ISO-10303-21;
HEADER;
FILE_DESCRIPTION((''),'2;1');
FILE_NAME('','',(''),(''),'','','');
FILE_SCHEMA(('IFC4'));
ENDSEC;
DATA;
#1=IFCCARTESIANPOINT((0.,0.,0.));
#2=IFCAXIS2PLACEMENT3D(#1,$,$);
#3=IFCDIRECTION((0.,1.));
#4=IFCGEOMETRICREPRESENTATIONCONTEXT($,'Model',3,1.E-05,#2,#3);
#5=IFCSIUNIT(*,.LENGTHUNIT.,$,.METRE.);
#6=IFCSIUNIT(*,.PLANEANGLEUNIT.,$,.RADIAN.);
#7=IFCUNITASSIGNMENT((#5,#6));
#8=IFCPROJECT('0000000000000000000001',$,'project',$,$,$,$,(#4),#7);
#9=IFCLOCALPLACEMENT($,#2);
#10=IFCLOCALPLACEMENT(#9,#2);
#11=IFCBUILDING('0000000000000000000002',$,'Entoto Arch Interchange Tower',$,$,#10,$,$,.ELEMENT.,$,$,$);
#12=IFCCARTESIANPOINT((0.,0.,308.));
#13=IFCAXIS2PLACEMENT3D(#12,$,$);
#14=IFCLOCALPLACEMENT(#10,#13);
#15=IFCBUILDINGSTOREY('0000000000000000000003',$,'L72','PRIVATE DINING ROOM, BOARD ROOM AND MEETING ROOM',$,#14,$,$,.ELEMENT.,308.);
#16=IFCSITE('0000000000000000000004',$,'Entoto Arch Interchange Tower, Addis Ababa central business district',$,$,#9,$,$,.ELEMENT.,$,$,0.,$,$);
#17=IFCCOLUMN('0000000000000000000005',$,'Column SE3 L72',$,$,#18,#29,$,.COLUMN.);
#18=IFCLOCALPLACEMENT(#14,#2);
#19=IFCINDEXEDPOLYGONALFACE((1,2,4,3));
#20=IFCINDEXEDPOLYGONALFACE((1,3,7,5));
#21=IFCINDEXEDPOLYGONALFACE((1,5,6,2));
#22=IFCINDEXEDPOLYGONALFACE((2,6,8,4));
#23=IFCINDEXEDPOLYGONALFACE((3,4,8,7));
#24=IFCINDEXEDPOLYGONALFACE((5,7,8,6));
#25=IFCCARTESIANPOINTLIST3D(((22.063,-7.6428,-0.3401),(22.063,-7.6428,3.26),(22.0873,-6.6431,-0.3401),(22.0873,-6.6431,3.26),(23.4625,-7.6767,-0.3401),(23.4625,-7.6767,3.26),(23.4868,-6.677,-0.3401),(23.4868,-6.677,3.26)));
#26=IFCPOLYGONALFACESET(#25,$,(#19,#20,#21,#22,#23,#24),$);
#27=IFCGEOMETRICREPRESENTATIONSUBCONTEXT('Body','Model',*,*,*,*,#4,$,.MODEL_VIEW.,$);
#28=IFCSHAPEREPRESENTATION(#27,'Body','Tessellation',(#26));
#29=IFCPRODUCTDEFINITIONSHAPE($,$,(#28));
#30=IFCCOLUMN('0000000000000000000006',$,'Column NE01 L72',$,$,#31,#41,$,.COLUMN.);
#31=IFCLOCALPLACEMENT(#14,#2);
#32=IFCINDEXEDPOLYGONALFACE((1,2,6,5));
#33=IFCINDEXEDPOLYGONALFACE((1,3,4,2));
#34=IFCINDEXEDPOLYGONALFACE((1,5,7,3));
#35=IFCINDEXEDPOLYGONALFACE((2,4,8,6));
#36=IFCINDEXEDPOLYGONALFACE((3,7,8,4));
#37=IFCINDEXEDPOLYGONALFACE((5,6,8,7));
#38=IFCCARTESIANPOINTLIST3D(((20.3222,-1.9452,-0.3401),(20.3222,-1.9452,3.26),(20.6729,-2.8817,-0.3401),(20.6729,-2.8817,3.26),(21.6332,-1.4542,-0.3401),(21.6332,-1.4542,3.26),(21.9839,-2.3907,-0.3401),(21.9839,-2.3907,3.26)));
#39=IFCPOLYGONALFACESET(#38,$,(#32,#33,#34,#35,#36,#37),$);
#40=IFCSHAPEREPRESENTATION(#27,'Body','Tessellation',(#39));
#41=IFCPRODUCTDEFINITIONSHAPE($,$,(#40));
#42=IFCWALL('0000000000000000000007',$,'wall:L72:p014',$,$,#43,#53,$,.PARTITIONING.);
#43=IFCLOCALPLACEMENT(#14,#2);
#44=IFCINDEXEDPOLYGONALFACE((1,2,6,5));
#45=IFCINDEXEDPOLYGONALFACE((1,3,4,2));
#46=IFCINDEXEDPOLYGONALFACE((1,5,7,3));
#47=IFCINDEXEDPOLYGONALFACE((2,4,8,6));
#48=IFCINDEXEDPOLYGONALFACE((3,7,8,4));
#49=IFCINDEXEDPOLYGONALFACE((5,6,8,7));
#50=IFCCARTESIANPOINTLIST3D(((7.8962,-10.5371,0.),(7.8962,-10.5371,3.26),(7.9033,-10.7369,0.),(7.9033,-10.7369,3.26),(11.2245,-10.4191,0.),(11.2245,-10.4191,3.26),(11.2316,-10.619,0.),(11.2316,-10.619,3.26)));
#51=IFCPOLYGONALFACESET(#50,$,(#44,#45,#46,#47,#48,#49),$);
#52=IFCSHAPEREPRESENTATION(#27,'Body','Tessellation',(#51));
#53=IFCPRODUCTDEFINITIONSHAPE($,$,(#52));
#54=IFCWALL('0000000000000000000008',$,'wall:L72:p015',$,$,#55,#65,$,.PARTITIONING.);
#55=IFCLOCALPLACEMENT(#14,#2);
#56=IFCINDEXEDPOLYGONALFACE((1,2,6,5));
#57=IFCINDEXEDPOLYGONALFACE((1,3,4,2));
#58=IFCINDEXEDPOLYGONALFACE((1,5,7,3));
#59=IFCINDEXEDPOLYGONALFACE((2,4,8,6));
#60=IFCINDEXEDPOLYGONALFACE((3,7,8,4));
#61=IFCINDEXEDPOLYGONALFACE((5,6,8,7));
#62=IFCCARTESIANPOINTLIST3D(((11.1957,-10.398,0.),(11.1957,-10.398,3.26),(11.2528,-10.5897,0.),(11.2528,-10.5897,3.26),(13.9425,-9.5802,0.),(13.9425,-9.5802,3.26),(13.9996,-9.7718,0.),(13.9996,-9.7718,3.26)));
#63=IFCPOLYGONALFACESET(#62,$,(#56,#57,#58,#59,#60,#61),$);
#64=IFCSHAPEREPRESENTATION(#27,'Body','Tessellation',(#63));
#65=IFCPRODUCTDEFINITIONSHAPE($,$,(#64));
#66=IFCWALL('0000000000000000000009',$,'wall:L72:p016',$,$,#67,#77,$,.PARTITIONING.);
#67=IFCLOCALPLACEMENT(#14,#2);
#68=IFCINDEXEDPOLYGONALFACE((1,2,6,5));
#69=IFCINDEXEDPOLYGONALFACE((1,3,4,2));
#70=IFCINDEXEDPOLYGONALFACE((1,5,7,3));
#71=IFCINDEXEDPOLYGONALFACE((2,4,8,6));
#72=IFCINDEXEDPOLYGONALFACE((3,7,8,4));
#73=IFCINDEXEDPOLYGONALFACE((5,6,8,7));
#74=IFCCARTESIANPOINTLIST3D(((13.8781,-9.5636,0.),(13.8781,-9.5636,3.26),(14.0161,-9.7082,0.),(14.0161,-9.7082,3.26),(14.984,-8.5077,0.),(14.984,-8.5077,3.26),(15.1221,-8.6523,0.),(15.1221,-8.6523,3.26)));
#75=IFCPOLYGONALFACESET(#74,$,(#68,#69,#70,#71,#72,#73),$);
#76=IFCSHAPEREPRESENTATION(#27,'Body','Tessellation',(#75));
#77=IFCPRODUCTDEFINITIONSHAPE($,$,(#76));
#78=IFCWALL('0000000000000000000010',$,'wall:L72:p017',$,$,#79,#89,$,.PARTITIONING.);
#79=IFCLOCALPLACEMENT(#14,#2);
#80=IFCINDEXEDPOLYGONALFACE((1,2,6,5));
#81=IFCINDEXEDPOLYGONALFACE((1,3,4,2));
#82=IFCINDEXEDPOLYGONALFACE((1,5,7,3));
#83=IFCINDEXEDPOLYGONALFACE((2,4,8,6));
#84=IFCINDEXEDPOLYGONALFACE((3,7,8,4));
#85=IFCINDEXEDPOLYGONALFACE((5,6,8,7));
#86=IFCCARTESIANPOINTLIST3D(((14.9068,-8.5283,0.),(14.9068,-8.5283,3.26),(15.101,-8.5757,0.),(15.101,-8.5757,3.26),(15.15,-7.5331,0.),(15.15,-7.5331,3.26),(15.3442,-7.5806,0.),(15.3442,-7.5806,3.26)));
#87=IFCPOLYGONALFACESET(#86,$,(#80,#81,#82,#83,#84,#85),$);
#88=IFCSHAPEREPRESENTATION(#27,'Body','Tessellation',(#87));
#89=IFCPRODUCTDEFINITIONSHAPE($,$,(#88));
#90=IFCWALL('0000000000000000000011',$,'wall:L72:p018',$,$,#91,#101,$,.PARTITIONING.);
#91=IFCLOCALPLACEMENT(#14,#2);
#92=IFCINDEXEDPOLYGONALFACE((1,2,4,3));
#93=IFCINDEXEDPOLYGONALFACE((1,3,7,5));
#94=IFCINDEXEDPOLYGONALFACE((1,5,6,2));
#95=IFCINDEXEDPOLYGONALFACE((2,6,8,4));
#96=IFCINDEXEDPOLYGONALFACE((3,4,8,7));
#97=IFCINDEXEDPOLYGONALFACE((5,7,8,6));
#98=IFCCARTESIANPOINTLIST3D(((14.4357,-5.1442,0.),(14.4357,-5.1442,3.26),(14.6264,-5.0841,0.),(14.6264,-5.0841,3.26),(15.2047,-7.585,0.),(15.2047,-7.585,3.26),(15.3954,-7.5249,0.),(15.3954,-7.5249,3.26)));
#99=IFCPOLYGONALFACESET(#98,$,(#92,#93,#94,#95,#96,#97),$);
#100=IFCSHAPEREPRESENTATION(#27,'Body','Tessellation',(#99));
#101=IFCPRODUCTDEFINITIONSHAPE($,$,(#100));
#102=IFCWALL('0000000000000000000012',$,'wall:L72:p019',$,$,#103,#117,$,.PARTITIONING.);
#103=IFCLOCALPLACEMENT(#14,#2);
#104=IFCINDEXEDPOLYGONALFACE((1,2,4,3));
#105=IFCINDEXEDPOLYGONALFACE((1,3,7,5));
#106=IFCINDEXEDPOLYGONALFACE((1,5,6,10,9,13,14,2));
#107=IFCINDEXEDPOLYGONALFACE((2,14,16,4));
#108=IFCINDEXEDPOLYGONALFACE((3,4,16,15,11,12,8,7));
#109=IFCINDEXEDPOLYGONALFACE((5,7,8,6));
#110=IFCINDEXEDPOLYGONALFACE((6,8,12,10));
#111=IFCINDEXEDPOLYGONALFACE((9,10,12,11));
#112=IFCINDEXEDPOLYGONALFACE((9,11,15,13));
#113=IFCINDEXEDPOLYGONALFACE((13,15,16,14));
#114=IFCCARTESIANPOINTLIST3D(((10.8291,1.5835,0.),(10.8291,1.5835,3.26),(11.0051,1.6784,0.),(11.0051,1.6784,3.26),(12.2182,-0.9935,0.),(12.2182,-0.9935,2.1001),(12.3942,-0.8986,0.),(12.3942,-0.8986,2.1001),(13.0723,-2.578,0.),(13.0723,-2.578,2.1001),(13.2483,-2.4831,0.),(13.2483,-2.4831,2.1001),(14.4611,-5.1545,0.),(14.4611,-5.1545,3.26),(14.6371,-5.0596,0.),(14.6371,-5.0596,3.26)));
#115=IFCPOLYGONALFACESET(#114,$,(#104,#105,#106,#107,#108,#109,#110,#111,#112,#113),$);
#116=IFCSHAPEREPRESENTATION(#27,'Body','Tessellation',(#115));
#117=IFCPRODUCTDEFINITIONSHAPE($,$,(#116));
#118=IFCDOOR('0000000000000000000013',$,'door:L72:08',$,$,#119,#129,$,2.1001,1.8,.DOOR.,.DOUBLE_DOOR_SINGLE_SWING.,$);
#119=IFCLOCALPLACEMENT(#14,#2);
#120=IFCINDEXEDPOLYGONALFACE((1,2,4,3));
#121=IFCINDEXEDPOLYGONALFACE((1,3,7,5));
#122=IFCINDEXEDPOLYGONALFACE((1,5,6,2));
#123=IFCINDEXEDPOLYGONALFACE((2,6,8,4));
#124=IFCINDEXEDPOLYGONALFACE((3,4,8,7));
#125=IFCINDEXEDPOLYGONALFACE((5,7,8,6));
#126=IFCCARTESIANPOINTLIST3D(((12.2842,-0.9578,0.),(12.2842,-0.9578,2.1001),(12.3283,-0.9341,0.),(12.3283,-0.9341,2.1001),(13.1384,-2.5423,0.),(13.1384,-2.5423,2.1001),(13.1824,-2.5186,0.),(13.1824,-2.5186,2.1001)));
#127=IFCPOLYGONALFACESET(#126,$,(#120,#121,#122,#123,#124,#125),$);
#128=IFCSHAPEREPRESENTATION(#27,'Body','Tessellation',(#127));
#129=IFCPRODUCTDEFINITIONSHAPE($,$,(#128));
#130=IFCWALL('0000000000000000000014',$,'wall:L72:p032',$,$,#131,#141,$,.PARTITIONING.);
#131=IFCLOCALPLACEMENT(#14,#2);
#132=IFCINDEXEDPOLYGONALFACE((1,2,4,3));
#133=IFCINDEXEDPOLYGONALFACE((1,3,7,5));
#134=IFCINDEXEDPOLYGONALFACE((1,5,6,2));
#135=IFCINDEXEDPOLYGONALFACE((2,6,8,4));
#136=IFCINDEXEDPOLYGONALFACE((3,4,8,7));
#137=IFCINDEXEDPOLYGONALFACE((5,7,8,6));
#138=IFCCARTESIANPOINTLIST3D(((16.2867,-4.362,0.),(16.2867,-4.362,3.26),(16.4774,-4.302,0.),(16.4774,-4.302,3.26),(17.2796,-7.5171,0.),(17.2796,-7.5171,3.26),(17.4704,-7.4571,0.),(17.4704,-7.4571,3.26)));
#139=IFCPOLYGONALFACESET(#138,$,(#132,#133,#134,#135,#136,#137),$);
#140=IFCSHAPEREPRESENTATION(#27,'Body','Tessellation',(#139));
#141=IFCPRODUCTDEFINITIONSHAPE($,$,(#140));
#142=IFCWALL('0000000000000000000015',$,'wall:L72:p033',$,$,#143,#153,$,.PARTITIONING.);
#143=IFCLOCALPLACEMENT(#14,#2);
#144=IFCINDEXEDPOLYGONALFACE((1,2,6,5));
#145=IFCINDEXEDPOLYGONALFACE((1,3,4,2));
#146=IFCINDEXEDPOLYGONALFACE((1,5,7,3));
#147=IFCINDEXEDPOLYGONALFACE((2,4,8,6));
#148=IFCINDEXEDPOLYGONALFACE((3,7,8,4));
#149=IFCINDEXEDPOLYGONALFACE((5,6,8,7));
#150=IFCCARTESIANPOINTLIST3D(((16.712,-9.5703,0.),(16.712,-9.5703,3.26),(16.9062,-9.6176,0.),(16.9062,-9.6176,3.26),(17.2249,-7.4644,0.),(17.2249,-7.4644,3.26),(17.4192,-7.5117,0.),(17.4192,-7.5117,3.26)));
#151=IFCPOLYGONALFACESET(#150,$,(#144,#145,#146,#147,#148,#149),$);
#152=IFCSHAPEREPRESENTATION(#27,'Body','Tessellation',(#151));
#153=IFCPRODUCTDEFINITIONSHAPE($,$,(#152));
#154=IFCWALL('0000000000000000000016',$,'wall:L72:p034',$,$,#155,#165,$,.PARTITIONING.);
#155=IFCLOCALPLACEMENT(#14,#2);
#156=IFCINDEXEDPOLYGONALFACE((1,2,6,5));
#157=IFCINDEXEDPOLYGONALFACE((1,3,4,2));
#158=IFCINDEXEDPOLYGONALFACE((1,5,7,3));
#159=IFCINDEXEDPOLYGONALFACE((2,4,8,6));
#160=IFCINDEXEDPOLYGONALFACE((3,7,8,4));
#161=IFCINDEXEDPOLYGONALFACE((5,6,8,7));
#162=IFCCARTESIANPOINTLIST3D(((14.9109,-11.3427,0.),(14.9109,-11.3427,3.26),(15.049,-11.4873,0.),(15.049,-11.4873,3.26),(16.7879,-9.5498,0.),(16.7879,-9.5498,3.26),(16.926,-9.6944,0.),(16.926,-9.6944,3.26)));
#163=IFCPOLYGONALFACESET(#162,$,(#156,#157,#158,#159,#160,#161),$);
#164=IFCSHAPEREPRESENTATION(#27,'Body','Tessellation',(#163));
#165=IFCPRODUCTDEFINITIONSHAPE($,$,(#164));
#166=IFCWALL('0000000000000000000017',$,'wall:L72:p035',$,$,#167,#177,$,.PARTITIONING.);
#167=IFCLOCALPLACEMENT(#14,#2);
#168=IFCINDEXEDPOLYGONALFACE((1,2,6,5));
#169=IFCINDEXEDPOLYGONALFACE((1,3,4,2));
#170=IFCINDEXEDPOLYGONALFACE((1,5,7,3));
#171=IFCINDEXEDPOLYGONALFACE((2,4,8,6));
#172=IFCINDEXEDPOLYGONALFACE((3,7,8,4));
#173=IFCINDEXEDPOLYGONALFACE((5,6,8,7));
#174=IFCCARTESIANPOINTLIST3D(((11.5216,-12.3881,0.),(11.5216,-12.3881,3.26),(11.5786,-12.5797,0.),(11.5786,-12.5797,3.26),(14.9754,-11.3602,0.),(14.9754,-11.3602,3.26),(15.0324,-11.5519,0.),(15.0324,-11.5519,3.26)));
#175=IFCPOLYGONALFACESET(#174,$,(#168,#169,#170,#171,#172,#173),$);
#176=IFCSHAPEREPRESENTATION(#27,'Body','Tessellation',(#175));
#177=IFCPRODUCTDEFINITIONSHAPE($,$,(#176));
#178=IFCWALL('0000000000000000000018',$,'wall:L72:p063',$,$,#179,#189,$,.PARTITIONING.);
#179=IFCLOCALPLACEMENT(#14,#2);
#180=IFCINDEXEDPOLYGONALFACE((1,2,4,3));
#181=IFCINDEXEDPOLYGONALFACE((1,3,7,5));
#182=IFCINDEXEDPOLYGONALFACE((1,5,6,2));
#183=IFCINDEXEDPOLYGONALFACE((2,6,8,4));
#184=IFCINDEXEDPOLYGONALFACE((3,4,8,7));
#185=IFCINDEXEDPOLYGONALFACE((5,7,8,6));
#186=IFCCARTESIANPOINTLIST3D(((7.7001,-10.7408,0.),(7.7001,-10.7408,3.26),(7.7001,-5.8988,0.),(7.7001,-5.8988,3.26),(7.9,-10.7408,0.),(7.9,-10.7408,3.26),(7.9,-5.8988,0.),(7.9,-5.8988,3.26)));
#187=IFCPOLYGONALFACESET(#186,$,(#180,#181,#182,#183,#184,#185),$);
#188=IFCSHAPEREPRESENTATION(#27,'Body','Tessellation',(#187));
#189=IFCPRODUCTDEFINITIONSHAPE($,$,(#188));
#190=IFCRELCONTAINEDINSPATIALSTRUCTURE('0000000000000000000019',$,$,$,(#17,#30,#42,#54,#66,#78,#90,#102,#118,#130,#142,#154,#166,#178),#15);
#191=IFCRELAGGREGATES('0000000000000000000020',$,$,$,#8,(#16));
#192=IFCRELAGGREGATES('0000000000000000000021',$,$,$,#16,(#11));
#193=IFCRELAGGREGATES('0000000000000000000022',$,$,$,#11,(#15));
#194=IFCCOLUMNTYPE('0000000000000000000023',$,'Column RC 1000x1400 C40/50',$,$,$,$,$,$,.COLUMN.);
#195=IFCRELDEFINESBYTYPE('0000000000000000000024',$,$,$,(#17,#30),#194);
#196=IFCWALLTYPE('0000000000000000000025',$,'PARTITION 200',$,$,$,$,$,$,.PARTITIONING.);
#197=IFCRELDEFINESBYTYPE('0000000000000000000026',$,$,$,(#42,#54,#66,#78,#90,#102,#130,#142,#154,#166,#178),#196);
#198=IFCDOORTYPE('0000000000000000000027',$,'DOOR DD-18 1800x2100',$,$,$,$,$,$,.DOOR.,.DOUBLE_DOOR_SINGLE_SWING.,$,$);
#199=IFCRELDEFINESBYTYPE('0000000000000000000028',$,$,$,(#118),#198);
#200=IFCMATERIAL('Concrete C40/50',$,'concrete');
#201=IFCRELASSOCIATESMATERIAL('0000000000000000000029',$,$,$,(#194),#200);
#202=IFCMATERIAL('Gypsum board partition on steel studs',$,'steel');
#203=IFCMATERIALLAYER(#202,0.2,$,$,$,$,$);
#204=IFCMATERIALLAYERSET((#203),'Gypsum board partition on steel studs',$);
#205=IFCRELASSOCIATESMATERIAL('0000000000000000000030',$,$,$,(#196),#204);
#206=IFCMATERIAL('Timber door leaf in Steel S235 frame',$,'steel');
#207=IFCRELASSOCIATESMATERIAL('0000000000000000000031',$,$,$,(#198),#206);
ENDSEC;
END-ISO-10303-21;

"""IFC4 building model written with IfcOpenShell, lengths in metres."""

from ifc_helpers import new_model, si_unit, direction, frame, frame_2d, origin, origin_2d, place, context, subcontext, project, spatial, rectangle, extrude, material, layer, layer_set, material_profile, profile_set, type_object, element, fill, save


model = new_model("IFC4")

# Units and contexts
model_context = context("Model", 3, precision=1e-05, world=origin(), true_north=direction((0.0, 1.0)))
body_context = subcontext(model_context, "Body", "Model", "MODEL_VIEW")
ifc_project = project(units=[si_unit("LENGTHUNIT", "METRE"), si_unit("PLANEANGLEUNIT", "RADIAN")], contexts=[model_context])

# Site, building, storey
site_placement = place(None, origin())
site = spatial("IfcSite", under=ifc_project, at=site_placement, Name="Entoto Arch Interchange Tower, Addis Ababa central business district", CompositionType="ELEMENT", RefElevation=0.0)
building_placement = place(site_placement, origin())
building = spatial("IfcBuilding", under=site, at=building_placement, Name="Entoto Arch Interchange Tower", CompositionType="ELEMENT")
storey_placement = place(building_placement, frame((0.0, 0.0, 308.0)))
storey = spatial("IfcBuildingStorey", under=building, at=storey_placement, Name="L72", Description="PRIVATE DINING ROOM, BOARD ROOM AND MEETING ROOM", CompositionType="ELEMENT", Elevation=308.0)

# Columns
ifc_material_1 = material(Name="Concrete C40/50", Category="concrete")
ifc_material_profile = material_profile(ifc_material_1, rectangle(XDim=1.0, YDim=1.3999, at=origin_2d()))
ifc_profile_set = profile_set([ifc_material_profile], Name="Concrete C40/50")
column_type = type_object("IfcColumnType", Name="Column RC 1000x1400 C40/50", PredefinedType="COLUMN", material=ifc_profile_set)
for number, where, z_axis, x_axis, name in (
    (1, (22.7749, -7.1599, -0.3401), (0.0, 0.0, 1.0), (0.024258, 0.999706, 0.0), "Column SE3 L72"),
    (2, (21.1531, -2.168, -0.3401), (0.0, 0.0, 1.0), (-0.350714, 0.936483, 0.0), "Column NE01 L72"),
):
    element("IfcColumn", number, at=place(storey_placement, frame(where, z_axis=z_axis, x_axis=x_axis)), inside=storey, type_object=column_type, Name=name, PredefinedType="COLUMN", context=body_context, shape_type="SweptSolid", body=[
        extrude(rectangle(XDim=1.0, YDim=1.3999, at=origin_2d()), origin(), (0.0, 0.0, 1.0), 3.6001),
    ])

# Walls
ifc_material_2 = material(Name="Gypsum board partition on steel studs", Category="steel")
ifc_layer_1 = layer(ifc_material_2, 0.2)
ifc_layer_set_1 = layer_set([ifc_layer_1], Name="Gypsum board partition on steel studs")
wall_type_1 = type_object("IfcWallType", Name="PARTITION 200", PredefinedType="PARTITIONING", material=ifc_layer_set_1)
wall_1_placement = place(storey_placement, frame((7.8999, -10.637, 0.0), z_axis=(0.0, 0.0, 1.0), x_axis=(0.999373, 0.035409, 0.0)))
element("IfcWall", 3, at=wall_1_placement, inside=storey, type_object=wall_type_1, Name="wall:L72:p014", PredefinedType="PARTITIONING", context=body_context, shape_type="SweptSolid", body=[
    extrude(rectangle(XDim=3.3303, YDim=0.2, at=frame_2d((1.665, 0.0))), origin(), (0.0, 0.0, 1.0), 3.26),
])
wall_2_placement = place(storey_placement, frame((11.2241, -10.4939, 0.0), z_axis=(0.0, 0.0, 1.0), x_axis=(0.958417, 0.28537, 0.0)))
element("IfcWall", 4, at=wall_2_placement, inside=storey, type_object=wall_type_1, Name="wall:L72:p015", PredefinedType="PARTITIONING", context=body_context, shape_type="SweptSolid", body=[
    extrude(rectangle(XDim=2.866, YDim=0.2, at=frame_2d((1.4331, 0.0))), origin(), (0.0, 0.0, 1.0), 3.26),
])
wall_3_placement = place(storey_placement, frame((13.947, -9.636, 0.0), z_axis=(0.0, 0.0, 1.0), x_axis=(0.723283, 0.690552, 0.0)))
element("IfcWall", 5, at=wall_3_placement, inside=storey, type_object=wall_type_1, Name="wall:L72:p016", PredefinedType="PARTITIONING", context=body_context, shape_type="SweptSolid", body=[
    extrude(rectangle(XDim=1.5291, YDim=0.2, at=frame_2d((0.7646, 0.0))), origin(), (0.0, 0.0, 1.0), 3.26),
])
wall_4_placement = place(storey_placement, frame((15.0039, -8.552, 0.0), z_axis=(0.0, 0.0, 1.0), x_axis=(0.237373, 0.971419, 0.0)))
element("IfcWall", 6, at=wall_4_placement, inside=storey, type_object=wall_type_1, Name="wall:L72:p017", PredefinedType="PARTITIONING", context=body_context, shape_type="SweptSolid", body=[
    extrude(rectangle(XDim=1.0244, YDim=0.2, at=frame_2d((0.5122, 0.0))), origin(), (0.0, 0.0, 1.0), 3.26),
])
wall_5_placement = place(storey_placement, frame((15.3, -7.5549, 0.0), z_axis=(0.0, 0.0, 1.0), x_axis=(-0.300501, 0.953781, 0.0)))
element("IfcWall", 7, at=wall_5_placement, inside=storey, type_object=wall_type_1, Name="wall:L72:p018", PredefinedType="PARTITIONING", context=body_context, shape_type="SweptSolid", body=[
    extrude(rectangle(XDim=2.5591, YDim=0.2, at=frame_2d((1.2795, 0.0))), origin(), (0.0, 0.0, 1.0), 3.26),
])

# Wall, opening, door
wall_6_placement = place(storey_placement, frame((14.5491, -5.1069, 0.0), z_axis=(0.0, 0.0, 1.0), x_axis=(-0.474495, 0.880258, 0.0)))
wall_6 = element("IfcWall", 8, at=wall_6_placement, inside=storey, type_object=wall_type_1, Name="wall:L72:p019", PredefinedType="PARTITIONING", context=body_context, shape_type="SweptSolid", body=[
    extrude(rectangle(XDim=7.6545, YDim=0.2, at=frame_2d((3.8271, 0.0))), origin(), (0.0, 0.0, 1.0), 3.26),
])
opening_1_placement = place(wall_6_placement, frame((2.927, 0.0, 0.0)))
opening_1 = element("IfcOpeningElement", 9, at=opening_1_placement, cuts=wall_6, PredefinedType="OPENING", context=body_context, shape_type="SweptSolid", body=[
    extrude(rectangle(XDim=1.8, YDim=2.1001, at=frame_2d((0.8999, 1.05))), frame((0.0, 0.1099, 0.0), z_axis=(0.0, -1.0, 0.0), x_axis=(1.0, 0.0, 0.0)), (0.0, 0.0, 1.0), 0.22),
])
ifc_material_3 = material(Name="Timber door leaf in Steel S235 frame", Category="steel")
door_type = type_object("IfcDoorType", Name="DOOR DD-18 1800x2100", OperationType="DOUBLE_DOOR_SINGLE_SWING", PredefinedType="DOOR", material=ifc_material_3)
door_placement = place(opening_1_placement, origin())
door = element("IfcDoor", 10, at=door_placement, inside=storey, type_object=door_type, Name="door:L72:08", OperationType="DOUBLE_DOOR_SINGLE_SWING", OverallHeight=2.1001, OverallWidth=1.8, PredefinedType="DOOR", context=body_context, shape_type="SweptSolid", body=[
    extrude(rectangle(XDim=1.8, YDim=2.1001, at=frame_2d((0.8999, 1.05))), frame((0.0, 0.0249, 0.0), z_axis=(0.0, -1.0, 0.0), x_axis=(1.0, 0.0, 0.0)), (0.0, 0.0, 1.0), 0.05),
])
fill(opening_1, door)

# Walls
wall_7_placement = place(storey_placement, frame((16.3821, -4.332, 0.0), z_axis=(0.0, 0.0, 1.0), x_axis=(0.300195, -0.953878, 0.0)))
element("IfcWall", 11, at=wall_7_placement, inside=storey, type_object=wall_type_1, Name="wall:L72:p032", PredefinedType="PARTITIONING", context=body_context, shape_type="SweptSolid", body=[
    extrude(rectangle(XDim=3.3076, YDim=0.2, at=frame_2d((1.6538, 0.0))), origin(), (0.0, 0.0, 1.0), 3.26),
])
wall_8_placement = place(storey_placement, frame((17.322, -7.488, 0.0), z_axis=(0.0, 0.0, 1.0), x_axis=(-0.236648, -0.971596, 0.0)))
element("IfcWall", 12, at=wall_8_placement, inside=storey, type_object=wall_type_1, Name="wall:L72:p033", PredefinedType="PARTITIONING", context=body_context, shape_type="SweptSolid", body=[
    extrude(rectangle(XDim=2.1675, YDim=0.2, at=frame_2d((1.0837, 0.0))), origin(), (0.0, 0.0, 1.0), 3.26),
])
wall_9_placement = place(storey_placement, frame((16.8569, -9.6221, 0.0), z_axis=(0.0, 0.0, 1.0), x_axis=(-0.723099, -0.690744, 0.0)))
element("IfcWall", 13, at=wall_9_placement, inside=storey, type_object=wall_type_1, Name="wall:L72:p034", PredefinedType="PARTITIONING", context=body_context, shape_type="SweptSolid", body=[
    extrude(rectangle(XDim=2.5957, YDim=0.2, at=frame_2d((1.2979, 0.0))), origin(), (0.0, 0.0, 1.0), 3.26),
])
wall_10_placement = place(storey_placement, frame((15.0039, -11.4561, 0.0), z_axis=(0.0, 0.0, 1.0), x_axis=(-0.95846, -0.285228, 0.0)))
element("IfcWall", 14, at=wall_10_placement, inside=storey, type_object=wall_type_1, Name="wall:L72:p035", PredefinedType="PARTITIONING", context=body_context, shape_type="SweptSolid", body=[
    extrude(rectangle(XDim=3.6035, YDim=0.2, at=frame_2d((1.8018, 0.0))), origin(), (0.0, 0.0, 1.0), 3.26),
])
wall_11_placement = place(storey_placement, frame((7.8, -5.8989, 0.0), z_axis=(0.0, 0.0, 1.0), x_axis=(0.0, -1.0, 0.0)))
element("IfcWall", 15, at=wall_11_placement, inside=storey, type_object=wall_type_1, Name="wall:L72:p063", PredefinedType="PARTITIONING", context=body_context, shape_type="SweptSolid", body=[
    extrude(rectangle(XDim=4.842, YDim=0.2, at=frame_2d((2.4209, 0.0))), origin(), (0.0, 0.0, 1.0), 3.26),
])

save(model, "model.ifc")
